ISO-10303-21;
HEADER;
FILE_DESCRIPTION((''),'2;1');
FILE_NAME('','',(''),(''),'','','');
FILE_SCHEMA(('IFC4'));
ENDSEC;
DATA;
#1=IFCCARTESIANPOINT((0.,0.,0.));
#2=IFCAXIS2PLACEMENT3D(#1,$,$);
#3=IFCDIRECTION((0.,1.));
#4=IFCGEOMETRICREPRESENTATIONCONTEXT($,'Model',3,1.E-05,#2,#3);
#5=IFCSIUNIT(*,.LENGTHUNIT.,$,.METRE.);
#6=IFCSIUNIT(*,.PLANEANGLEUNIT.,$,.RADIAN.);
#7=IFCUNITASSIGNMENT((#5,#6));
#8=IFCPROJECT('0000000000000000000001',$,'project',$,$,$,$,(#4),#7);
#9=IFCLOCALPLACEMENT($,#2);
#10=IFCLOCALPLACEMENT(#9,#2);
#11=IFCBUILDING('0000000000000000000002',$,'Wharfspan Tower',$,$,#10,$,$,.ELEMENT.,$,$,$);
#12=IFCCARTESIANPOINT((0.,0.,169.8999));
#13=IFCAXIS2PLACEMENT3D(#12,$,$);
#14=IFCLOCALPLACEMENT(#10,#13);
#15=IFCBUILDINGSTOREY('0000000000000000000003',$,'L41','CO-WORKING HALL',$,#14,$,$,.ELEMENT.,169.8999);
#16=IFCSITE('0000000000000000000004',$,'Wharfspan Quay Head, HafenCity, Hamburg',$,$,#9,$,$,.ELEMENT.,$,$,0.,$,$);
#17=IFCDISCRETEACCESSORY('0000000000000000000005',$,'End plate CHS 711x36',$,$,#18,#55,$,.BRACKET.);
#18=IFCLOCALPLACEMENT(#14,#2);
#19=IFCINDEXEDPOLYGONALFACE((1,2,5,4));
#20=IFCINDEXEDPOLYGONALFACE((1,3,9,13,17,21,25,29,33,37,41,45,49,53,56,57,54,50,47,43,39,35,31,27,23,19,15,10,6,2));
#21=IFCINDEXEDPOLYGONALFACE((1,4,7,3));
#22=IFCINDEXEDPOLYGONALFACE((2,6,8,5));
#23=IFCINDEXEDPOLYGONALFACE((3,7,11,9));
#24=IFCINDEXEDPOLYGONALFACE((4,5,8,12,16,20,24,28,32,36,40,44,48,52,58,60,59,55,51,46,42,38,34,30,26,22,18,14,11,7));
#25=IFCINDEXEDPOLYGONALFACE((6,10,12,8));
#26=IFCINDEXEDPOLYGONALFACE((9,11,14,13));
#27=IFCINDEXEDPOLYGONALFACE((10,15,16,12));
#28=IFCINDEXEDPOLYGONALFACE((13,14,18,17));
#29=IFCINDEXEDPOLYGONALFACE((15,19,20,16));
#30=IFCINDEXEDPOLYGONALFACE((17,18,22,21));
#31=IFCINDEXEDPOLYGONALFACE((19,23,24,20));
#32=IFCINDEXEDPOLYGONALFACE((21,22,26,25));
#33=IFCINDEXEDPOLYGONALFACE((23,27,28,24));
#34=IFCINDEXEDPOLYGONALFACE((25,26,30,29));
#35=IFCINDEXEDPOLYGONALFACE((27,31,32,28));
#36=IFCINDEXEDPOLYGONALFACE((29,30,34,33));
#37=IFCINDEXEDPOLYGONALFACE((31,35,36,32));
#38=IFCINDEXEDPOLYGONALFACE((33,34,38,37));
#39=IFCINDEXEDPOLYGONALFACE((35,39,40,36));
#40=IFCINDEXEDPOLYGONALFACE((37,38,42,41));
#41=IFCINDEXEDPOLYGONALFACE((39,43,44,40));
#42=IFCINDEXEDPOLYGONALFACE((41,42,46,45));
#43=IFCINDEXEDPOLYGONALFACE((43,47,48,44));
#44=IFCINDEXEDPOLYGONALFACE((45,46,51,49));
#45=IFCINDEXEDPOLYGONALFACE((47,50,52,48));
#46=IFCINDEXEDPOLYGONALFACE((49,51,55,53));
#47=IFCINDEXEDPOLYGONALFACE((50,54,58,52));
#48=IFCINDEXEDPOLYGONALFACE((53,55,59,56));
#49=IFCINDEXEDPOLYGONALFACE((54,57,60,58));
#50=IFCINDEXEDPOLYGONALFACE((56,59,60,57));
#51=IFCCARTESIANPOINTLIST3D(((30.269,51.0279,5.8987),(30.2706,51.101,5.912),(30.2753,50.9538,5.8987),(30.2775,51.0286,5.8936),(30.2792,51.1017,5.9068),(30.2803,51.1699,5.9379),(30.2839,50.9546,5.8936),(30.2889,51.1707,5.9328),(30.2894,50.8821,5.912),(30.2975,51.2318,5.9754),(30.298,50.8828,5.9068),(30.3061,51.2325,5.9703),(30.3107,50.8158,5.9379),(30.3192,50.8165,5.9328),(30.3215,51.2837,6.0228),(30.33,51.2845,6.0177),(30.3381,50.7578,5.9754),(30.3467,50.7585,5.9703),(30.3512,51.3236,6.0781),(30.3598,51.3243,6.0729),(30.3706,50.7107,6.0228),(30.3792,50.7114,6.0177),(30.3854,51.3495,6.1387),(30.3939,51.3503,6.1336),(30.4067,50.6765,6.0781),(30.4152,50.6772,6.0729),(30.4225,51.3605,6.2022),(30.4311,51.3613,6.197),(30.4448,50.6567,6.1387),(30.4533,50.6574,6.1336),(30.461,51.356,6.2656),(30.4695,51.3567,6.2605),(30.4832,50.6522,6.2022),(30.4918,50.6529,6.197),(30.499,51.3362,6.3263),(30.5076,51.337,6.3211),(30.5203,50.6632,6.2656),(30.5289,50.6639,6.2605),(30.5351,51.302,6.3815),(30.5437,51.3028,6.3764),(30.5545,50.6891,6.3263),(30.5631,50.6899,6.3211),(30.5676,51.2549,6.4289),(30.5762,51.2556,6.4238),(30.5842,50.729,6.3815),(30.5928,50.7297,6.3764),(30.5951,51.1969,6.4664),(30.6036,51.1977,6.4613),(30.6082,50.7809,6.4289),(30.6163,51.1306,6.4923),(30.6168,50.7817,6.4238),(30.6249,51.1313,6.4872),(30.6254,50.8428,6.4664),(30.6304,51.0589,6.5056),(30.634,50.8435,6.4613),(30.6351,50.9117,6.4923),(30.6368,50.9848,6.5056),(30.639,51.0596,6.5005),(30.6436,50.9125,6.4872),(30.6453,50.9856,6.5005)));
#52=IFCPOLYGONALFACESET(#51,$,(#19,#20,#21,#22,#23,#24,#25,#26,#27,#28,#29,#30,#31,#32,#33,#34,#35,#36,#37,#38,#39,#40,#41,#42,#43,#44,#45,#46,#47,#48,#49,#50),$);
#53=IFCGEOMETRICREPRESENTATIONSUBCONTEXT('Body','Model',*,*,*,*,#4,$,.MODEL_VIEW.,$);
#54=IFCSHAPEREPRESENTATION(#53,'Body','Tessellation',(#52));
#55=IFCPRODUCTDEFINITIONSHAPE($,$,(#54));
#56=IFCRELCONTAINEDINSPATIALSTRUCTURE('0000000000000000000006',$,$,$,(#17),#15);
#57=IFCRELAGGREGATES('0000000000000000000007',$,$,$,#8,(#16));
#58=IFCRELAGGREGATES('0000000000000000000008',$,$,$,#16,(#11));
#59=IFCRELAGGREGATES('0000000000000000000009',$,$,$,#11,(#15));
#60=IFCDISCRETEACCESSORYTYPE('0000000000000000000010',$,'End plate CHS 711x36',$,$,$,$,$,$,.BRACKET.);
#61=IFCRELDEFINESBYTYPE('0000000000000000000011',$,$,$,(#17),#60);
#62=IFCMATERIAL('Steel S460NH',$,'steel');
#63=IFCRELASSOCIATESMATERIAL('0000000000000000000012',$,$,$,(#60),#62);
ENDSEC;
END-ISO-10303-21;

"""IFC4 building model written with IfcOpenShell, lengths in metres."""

from ifc_helpers import new_model, si_unit, direction, frame, origin, origin_2d, place, context, subcontext, project, spatial, circle, extrude, material, material_profile, profile_set, type_object, element, save


model = new_model("IFC4")

# Units and contexts
model_context = context("Model", 3, precision=1e-05, world=origin(), true_north=direction((0.0, 1.0)))
body_context = subcontext(model_context, "Body", "Model", "MODEL_VIEW")
ifc_project = project(units=[si_unit("LENGTHUNIT", "METRE"), si_unit("PLANEANGLEUNIT", "RADIAN")], contexts=[model_context])

# Site, building, storey
site_placement = place(None, origin())
site = spatial("IfcSite", under=ifc_project, at=site_placement, Name="Wharfspan Quay Head, HafenCity, Hamburg", CompositionType="ELEMENT", RefElevation=0.0)
building_placement = place(site_placement, origin())
building = spatial("IfcBuilding", under=site, at=building_placement, Name="Wharfspan Tower", CompositionType="ELEMENT")
storey_placement = place(building_placement, frame((0.0, 0.0, 169.8999)))
storey = spatial("IfcBuildingStorey", under=building, at=storey_placement, Name="L41", Description="CO-WORKING HALL", CompositionType="ELEMENT", Elevation=169.8999)

# Shared definitions
ifc_material_1 = material(Name="Steel S460NH", Category="steel")

# Discrete accessory
ifc_material_profile_1 = material_profile(ifc_material_1, circle(Radius=0.3555, at=origin_2d()))
ifc_profile_set_1 = profile_set([ifc_material_profile_1], Name="Steel S460NH")
discrete_accessory_type = type_object("IfcDiscreteAccessoryType", Name="End plate CHS 711x36", PredefinedType="BRACKET", material=ifc_profile_set_1)
for number, where, z_axis, x_axis, name in (
    (1, (30.4614, 51.0071, 6.197), (-0.855186, -0.073302, 0.513112), (0.085402, -0.996345, 0.000001), "End plate CHS 711x36"),
):
    element("IfcDiscreteAccessory", number, at=place(storey_placement, frame(where, z_axis=z_axis, x_axis=x_axis)), inside=storey, type_object=discrete_accessory_type, Name=name, PredefinedType="BRACKET", context=body_context, shape_type="SweptSolid", body=[
        extrude(circle(Radius=0.3555, at=origin_2d()), origin(), (0.0, 0.0, 1.0), 0.01),
    ])

save(model, "model.ifc")
